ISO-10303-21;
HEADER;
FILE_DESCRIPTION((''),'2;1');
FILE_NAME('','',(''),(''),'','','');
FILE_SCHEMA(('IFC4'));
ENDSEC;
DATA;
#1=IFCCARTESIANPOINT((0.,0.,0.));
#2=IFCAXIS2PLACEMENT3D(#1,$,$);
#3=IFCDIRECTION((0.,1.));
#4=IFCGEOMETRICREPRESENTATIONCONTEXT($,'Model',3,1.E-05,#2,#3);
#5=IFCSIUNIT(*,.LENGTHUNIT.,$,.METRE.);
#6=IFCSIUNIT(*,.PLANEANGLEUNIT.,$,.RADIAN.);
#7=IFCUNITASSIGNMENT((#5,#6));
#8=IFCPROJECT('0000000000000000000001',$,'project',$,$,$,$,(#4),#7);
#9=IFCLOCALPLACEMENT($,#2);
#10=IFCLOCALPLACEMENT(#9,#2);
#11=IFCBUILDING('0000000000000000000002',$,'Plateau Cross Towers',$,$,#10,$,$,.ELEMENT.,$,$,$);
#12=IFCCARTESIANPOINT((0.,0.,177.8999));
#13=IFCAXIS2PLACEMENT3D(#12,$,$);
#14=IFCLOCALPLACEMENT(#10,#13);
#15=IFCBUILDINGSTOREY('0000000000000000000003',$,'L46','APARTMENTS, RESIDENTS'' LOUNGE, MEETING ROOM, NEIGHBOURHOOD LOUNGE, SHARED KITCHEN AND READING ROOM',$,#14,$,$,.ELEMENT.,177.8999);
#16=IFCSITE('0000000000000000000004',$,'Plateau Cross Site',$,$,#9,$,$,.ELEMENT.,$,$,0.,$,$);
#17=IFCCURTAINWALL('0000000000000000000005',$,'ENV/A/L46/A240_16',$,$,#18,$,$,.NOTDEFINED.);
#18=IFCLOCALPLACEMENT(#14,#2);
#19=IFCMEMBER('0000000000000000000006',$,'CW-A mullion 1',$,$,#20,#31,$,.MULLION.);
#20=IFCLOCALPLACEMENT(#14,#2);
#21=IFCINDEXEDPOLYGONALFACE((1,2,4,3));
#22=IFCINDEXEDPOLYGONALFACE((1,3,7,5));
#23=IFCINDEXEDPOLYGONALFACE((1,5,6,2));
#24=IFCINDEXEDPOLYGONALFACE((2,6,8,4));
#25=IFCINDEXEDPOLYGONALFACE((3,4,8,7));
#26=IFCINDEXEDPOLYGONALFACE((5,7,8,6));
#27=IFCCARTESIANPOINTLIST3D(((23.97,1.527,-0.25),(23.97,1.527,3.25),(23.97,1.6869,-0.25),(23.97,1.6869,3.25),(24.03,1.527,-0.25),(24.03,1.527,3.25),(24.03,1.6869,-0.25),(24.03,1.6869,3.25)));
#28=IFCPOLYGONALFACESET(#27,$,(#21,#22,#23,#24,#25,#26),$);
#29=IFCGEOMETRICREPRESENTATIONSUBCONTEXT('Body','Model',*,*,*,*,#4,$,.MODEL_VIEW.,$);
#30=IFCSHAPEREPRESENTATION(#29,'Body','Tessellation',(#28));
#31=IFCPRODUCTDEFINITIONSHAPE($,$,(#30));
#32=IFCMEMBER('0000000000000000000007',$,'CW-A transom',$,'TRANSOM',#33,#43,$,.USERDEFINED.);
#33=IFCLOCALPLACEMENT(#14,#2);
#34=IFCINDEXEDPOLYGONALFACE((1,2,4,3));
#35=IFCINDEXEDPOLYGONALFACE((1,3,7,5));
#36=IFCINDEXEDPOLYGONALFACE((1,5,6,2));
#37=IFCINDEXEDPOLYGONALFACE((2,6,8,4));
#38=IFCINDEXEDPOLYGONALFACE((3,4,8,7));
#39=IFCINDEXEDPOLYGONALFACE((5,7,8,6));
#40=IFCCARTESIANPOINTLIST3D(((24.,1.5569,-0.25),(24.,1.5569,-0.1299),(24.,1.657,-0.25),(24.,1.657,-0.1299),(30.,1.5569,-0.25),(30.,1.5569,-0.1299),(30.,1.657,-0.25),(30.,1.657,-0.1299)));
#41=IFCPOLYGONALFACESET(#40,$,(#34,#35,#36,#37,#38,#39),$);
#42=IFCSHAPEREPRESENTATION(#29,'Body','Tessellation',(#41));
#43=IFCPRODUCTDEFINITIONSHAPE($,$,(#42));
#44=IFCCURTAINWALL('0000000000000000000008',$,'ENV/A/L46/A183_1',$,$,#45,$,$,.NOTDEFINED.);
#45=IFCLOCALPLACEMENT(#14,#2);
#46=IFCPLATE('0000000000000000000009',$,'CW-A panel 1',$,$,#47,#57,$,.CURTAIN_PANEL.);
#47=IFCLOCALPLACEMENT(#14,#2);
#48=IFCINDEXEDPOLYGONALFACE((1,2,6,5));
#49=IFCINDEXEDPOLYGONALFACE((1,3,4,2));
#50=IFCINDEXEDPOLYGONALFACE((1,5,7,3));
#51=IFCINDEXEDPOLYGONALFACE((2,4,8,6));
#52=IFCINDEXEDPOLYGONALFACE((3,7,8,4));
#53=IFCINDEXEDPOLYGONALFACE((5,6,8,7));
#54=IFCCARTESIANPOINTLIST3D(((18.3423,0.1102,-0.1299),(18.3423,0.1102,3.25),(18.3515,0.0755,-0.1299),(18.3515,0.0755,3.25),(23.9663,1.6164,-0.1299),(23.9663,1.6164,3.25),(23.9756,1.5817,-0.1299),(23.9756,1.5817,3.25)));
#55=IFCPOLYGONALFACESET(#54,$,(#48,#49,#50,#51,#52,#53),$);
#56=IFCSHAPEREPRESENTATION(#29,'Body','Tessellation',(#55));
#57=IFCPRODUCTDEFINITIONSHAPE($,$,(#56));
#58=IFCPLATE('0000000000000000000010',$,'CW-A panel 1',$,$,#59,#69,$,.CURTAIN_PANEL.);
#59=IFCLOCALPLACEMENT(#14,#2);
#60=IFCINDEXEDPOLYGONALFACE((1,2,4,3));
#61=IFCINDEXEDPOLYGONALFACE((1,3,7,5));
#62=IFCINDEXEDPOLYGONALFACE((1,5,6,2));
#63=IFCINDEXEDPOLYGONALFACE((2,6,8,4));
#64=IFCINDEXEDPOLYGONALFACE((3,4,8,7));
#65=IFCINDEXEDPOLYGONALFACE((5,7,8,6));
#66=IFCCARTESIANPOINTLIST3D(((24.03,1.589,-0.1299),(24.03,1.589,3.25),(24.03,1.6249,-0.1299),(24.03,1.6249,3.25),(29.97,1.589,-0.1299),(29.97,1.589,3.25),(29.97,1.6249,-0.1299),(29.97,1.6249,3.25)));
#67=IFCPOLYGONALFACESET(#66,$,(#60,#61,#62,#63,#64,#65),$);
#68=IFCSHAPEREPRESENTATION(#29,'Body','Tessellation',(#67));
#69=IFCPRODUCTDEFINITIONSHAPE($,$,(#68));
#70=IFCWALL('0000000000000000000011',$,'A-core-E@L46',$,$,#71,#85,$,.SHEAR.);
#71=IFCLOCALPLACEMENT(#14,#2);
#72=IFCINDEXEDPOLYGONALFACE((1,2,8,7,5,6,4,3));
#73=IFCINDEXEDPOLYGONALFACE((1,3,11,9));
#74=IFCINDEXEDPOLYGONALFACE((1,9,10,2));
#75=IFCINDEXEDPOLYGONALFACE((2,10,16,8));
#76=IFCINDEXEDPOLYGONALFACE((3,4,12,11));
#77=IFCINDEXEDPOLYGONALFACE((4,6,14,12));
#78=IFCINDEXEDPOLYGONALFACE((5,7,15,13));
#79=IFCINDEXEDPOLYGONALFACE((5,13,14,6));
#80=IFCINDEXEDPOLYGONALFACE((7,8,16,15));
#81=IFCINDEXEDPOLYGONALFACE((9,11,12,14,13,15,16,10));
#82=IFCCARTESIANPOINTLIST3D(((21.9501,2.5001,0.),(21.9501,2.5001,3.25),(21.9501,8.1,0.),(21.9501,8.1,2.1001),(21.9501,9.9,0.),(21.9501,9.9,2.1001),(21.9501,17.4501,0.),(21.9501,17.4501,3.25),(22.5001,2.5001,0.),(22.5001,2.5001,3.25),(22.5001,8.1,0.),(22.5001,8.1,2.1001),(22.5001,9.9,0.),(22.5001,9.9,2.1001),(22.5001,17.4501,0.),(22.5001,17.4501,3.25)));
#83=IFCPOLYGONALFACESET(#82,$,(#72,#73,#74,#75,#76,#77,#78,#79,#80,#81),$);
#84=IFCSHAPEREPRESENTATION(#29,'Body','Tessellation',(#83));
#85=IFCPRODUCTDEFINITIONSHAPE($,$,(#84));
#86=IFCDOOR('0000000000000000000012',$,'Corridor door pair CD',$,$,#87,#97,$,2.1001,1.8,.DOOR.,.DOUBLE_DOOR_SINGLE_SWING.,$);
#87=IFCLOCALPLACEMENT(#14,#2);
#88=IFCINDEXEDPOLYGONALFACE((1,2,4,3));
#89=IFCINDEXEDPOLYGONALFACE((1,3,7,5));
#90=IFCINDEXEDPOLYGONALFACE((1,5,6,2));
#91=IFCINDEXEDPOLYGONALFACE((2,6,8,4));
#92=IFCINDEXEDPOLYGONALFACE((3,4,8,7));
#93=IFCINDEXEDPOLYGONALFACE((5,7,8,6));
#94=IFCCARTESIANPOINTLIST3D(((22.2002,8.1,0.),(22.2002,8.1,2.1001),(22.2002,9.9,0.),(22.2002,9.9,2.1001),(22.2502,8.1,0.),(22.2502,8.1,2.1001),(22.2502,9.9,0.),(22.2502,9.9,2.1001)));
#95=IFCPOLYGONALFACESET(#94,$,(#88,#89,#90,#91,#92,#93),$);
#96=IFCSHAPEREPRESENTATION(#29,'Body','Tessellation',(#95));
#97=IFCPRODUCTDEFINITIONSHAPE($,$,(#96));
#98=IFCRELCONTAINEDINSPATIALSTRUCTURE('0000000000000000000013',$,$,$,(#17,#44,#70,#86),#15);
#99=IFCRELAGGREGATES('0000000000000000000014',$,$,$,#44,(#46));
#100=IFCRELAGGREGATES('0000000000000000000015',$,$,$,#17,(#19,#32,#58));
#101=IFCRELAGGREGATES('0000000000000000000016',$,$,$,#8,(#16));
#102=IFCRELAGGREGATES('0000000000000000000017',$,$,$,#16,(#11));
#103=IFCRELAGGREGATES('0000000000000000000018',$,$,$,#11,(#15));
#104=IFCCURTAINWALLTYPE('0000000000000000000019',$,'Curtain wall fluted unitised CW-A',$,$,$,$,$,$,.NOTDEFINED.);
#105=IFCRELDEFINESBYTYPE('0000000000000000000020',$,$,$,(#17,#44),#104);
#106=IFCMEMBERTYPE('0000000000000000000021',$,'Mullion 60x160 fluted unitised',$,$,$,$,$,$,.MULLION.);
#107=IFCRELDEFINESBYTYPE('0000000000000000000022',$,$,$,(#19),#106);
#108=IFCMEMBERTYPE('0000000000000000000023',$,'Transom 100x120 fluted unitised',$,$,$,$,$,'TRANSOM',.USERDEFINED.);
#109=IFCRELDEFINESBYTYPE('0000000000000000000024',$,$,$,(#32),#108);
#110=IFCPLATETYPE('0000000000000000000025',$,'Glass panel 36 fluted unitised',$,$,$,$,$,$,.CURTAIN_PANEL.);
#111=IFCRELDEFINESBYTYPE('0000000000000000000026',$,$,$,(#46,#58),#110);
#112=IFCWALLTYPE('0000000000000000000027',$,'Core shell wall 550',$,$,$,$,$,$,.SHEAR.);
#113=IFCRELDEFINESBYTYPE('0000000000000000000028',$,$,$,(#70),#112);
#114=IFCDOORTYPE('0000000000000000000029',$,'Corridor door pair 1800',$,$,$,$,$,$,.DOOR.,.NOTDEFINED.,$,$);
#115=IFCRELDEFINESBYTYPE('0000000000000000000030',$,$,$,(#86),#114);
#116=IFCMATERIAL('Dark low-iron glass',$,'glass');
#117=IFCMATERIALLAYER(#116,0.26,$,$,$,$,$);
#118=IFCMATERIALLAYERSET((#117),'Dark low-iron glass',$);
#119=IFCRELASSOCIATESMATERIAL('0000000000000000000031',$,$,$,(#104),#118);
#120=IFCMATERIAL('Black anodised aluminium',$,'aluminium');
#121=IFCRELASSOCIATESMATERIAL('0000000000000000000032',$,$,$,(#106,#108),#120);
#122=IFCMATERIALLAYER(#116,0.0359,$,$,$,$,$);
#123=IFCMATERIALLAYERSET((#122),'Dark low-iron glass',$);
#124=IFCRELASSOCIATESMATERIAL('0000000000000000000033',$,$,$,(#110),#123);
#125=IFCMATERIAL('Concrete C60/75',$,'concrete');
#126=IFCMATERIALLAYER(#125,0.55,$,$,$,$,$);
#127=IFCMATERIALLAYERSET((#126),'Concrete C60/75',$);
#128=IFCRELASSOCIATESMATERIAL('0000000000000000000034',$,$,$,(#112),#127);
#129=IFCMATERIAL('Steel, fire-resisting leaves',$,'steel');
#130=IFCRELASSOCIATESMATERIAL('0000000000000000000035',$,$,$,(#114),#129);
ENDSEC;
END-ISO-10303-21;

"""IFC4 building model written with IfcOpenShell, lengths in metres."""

from ifc_helpers import new_model, si_unit, direction, frame, frame_2d, origin, origin_2d, place, context, subcontext, project, spatial, rectangle, extrude, material, layer, layer_set, material_profile, profile_set, type_object, element, fill, aggregate, save


model = new_model("IFC4")

# Units and contexts
model_context = context("Model", 3, precision=1e-05, world=origin(), true_north=direction((0.0, 1.0)))
body_context = subcontext(model_context, "Body", "Model", "MODEL_VIEW")
ifc_project = project(units=[si_unit("LENGTHUNIT", "METRE"), si_unit("PLANEANGLEUNIT", "RADIAN")], contexts=[model_context])

# Site, building, storey
site_placement = place(None, origin())
site = spatial("IfcSite", under=ifc_project, at=site_placement, Name="Plateau Cross Site", CompositionType="ELEMENT", RefElevation=0.0)
building_placement = place(site_placement, origin())
building = spatial("IfcBuilding", under=site, at=building_placement, Name="Plateau Cross Towers", CompositionType="ELEMENT")
storey_placement = place(building_placement, frame((0.0, 0.0, 177.8999)))
storey = spatial("IfcBuildingStorey", under=building, at=storey_placement, Name="L46", Description="APARTMENTS, RESIDENTS' LOUNGE, MEETING ROOM, NEIGHBOURHOOD LOUNGE, SHARED KITCHEN AND READING ROOM", CompositionType="ELEMENT", Elevation=177.8999)

# Curtain wall, members
ifc_material_1 = material(Name="Dark low-iron glass", Category="glass")
ifc_layer_1 = layer(ifc_material_1, 0.26)
ifc_layer_set_1 = layer_set([ifc_layer_1], Name="Dark low-iron glass")
curtain_wall_type = type_object("IfcCurtainWallType", Name="Curtain wall fluted unitised CW-A", PredefinedType="NOTDEFINED", material=ifc_layer_set_1)
curtain_wall_1_placement = place(storey_placement, origin())
curtain_wall_1 = element("IfcCurtainWall", 1, at=curtain_wall_1_placement, inside=storey, type_object=curtain_wall_type, Name="ENV/A/L46/A240_16", PredefinedType="NOTDEFINED")
ifc_material_2 = material(Name="Black anodised aluminium", Category="aluminium")
ifc_material_profile_1 = material_profile(ifc_material_2, rectangle(XDim=0.0601, YDim=0.1599, at=origin_2d()), Name="MULLION 60x160")
ifc_profile_set_1 = profile_set([ifc_material_profile_1], Name="Black anodised aluminium")
member_type_1 = type_object("IfcMemberType", Name="Mullion 60x160 fluted unitised", PredefinedType="MULLION", material=ifc_profile_set_1)
member_1_placement = place(storey_placement, frame((24.0, 1.6069, -0.25), z_axis=(0.0, 0.0, 1.0), x_axis=(1.0, 0.0, 0.0)))
member_1 = element("IfcMember", 2, at=member_1_placement, type_object=member_type_1, Name="CW-A mullion 1", PredefinedType="MULLION", context=body_context, shape_type="SweptSolid", body=[
    extrude(rectangle(XDim=0.0601, YDim=0.1599, at=origin_2d()), origin(), (0.0, 0.0, 1.0), 3.5),
])
ifc_material_profile_2 = material_profile(ifc_material_2, rectangle(XDim=0.1001, YDim=0.1201, at=origin_2d()), Name="TRANSOM 100x120")
ifc_profile_set_2 = profile_set([ifc_material_profile_2], Name="Black anodised aluminium")
member_type_2 = type_object("IfcMemberType", Name="Transom 100x120 fluted unitised", ElementType="TRANSOM", PredefinedType="USERDEFINED", material=ifc_profile_set_2)
member_2_placement = place(storey_placement, frame((24.0, 1.6069, -0.1899), z_axis=(1.0, 0.0, 0.0), x_axis=(0.0, 1.0, 0.0)))
member_2 = element("IfcMember", 3, at=member_2_placement, type_object=member_type_2, Name="CW-A transom", ObjectType="TRANSOM", PredefinedType="USERDEFINED", context=body_context, shape_type="SweptSolid", body=[
    extrude(rectangle(XDim=0.1001, YDim=0.1201, at=origin_2d()), origin(), (0.0, 0.0, 1.0), 6.0),
])

# Curtain wall, plate
curtain_wall_2_placement = place(storey_placement, origin())
curtain_wall_2 = element("IfcCurtainWall", 4, at=curtain_wall_2_placement, inside=storey, type_object=curtain_wall_type, Name="ENV/A/L46/A183_1", PredefinedType="NOTDEFINED")
ifc_layer_2 = layer(ifc_material_1, 0.0359)
ifc_layer_set_2 = layer_set([ifc_layer_2], Name="Dark low-iron glass")
plate_type = type_object("IfcPlateType", Name="Glass panel 36 fluted unitised", PredefinedType="CURTAIN_PANEL", material=ifc_layer_set_2)
plate_1_placement = place(storey_placement, frame((21.1589, 0.8459, -0.1299), z_axis=(0.0, 0.0, 1.0), x_axis=(0.965958, 0.258699, 0.0)))
plate_1 = element("IfcPlate", 5, at=plate_1_placement, type_object=plate_type, Name="CW-A panel 1", PredefinedType="CURTAIN_PANEL", context=body_context, shape_type="SweptSolid", body=[
    extrude(rectangle(XDim=5.8223, YDim=0.0359, at=origin_2d()), origin(), (0.0, 0.0, 1.0), 3.3799),
])
aggregate(curtain_wall_2, [plate_1])

# Plate
plate_2_placement = place(storey_placement, frame((27.0, 1.6069, -0.1299), z_axis=(0.0, 0.0, 1.0), x_axis=(1.0, 0.0, 0.0)))
plate_2 = element("IfcPlate", 6, at=plate_2_placement, type_object=plate_type, Name="CW-A panel 1", PredefinedType="CURTAIN_PANEL", context=body_context, shape_type="SweptSolid", body=[
    extrude(rectangle(XDim=5.9399, YDim=0.0359, at=origin_2d()), origin(), (0.0, 0.0, 1.0), 3.3799),
])
aggregate(curtain_wall_1, [member_1, member_2, plate_2])

# Wall, opening, door
ifc_material_3 = material(Name="Concrete C60/75", Category="concrete")
ifc_layer_3 = layer(ifc_material_3, 0.55)
ifc_layer_set_3 = layer_set([ifc_layer_3], Name="Concrete C60/75")
wall_type_1 = type_object("IfcWallType", Name="Core shell wall 550", PredefinedType="SHEAR", material=ifc_layer_set_3)
wall_1_placement = place(storey_placement, frame((22.2251, 2.5, 0.0), z_axis=(0.0, 0.0, 1.0), x_axis=(0.0, 1.0, 0.0)))
wall_1 = element("IfcWall", 7, at=wall_1_placement, inside=storey, type_object=wall_type_1, Name="A-core-E@L46", PredefinedType="SHEAR", context=body_context, shape_type="SweptSolid", body=[
    extrude(rectangle(XDim=14.95, YDim=0.55, at=frame_2d((7.4751, 0.0))), origin(), (0.0, 0.0, 1.0), 3.25),
])
opening_1_placement = place(wall_1_placement, frame((5.6001, 0.0, 0.0)))
opening_1 = element("IfcOpeningElement", 8, at=opening_1_placement, cuts=wall_1, PredefinedType="OPENING", context=body_context, shape_type="SweptSolid", body=[
    extrude(rectangle(XDim=1.8, YDim=2.1001, at=frame_2d((0.8999, 1.05))), frame((0.0, 0.2849, 0.0), z_axis=(0.0, -1.0, 0.0), x_axis=(1.0, 0.0, 0.0)), (0.0, 0.0, 1.0), 0.5701),
])
ifc_material_4 = material(Name="Steel, fire-resisting leaves", Category="steel")
door_type_1 = type_object("IfcDoorType", Name="Corridor door pair 1800", OperationType="NOTDEFINED", PredefinedType="DOOR", material=ifc_material_4)
door_1_placement = place(opening_1_placement, origin())
door_1 = element("IfcDoor", 9, at=door_1_placement, inside=storey, type_object=door_type_1, Name="Corridor door pair CD", OperationType="DOUBLE_DOOR_SINGLE_SWING", OverallHeight=2.1001, OverallWidth=1.8, PredefinedType="DOOR", context=body_context, shape_type="SweptSolid", body=[
    extrude(rectangle(XDim=1.8, YDim=2.1001, at=frame_2d((0.8999, 1.05))), frame((0.0, 0.0249, 0.0), z_axis=(0.0, -1.0, 0.0), x_axis=(1.0, 0.0, 0.0)), (0.0, 0.0, 1.0), 0.05),
])
fill(opening_1, door_1)

save(model, "model.ifc")
